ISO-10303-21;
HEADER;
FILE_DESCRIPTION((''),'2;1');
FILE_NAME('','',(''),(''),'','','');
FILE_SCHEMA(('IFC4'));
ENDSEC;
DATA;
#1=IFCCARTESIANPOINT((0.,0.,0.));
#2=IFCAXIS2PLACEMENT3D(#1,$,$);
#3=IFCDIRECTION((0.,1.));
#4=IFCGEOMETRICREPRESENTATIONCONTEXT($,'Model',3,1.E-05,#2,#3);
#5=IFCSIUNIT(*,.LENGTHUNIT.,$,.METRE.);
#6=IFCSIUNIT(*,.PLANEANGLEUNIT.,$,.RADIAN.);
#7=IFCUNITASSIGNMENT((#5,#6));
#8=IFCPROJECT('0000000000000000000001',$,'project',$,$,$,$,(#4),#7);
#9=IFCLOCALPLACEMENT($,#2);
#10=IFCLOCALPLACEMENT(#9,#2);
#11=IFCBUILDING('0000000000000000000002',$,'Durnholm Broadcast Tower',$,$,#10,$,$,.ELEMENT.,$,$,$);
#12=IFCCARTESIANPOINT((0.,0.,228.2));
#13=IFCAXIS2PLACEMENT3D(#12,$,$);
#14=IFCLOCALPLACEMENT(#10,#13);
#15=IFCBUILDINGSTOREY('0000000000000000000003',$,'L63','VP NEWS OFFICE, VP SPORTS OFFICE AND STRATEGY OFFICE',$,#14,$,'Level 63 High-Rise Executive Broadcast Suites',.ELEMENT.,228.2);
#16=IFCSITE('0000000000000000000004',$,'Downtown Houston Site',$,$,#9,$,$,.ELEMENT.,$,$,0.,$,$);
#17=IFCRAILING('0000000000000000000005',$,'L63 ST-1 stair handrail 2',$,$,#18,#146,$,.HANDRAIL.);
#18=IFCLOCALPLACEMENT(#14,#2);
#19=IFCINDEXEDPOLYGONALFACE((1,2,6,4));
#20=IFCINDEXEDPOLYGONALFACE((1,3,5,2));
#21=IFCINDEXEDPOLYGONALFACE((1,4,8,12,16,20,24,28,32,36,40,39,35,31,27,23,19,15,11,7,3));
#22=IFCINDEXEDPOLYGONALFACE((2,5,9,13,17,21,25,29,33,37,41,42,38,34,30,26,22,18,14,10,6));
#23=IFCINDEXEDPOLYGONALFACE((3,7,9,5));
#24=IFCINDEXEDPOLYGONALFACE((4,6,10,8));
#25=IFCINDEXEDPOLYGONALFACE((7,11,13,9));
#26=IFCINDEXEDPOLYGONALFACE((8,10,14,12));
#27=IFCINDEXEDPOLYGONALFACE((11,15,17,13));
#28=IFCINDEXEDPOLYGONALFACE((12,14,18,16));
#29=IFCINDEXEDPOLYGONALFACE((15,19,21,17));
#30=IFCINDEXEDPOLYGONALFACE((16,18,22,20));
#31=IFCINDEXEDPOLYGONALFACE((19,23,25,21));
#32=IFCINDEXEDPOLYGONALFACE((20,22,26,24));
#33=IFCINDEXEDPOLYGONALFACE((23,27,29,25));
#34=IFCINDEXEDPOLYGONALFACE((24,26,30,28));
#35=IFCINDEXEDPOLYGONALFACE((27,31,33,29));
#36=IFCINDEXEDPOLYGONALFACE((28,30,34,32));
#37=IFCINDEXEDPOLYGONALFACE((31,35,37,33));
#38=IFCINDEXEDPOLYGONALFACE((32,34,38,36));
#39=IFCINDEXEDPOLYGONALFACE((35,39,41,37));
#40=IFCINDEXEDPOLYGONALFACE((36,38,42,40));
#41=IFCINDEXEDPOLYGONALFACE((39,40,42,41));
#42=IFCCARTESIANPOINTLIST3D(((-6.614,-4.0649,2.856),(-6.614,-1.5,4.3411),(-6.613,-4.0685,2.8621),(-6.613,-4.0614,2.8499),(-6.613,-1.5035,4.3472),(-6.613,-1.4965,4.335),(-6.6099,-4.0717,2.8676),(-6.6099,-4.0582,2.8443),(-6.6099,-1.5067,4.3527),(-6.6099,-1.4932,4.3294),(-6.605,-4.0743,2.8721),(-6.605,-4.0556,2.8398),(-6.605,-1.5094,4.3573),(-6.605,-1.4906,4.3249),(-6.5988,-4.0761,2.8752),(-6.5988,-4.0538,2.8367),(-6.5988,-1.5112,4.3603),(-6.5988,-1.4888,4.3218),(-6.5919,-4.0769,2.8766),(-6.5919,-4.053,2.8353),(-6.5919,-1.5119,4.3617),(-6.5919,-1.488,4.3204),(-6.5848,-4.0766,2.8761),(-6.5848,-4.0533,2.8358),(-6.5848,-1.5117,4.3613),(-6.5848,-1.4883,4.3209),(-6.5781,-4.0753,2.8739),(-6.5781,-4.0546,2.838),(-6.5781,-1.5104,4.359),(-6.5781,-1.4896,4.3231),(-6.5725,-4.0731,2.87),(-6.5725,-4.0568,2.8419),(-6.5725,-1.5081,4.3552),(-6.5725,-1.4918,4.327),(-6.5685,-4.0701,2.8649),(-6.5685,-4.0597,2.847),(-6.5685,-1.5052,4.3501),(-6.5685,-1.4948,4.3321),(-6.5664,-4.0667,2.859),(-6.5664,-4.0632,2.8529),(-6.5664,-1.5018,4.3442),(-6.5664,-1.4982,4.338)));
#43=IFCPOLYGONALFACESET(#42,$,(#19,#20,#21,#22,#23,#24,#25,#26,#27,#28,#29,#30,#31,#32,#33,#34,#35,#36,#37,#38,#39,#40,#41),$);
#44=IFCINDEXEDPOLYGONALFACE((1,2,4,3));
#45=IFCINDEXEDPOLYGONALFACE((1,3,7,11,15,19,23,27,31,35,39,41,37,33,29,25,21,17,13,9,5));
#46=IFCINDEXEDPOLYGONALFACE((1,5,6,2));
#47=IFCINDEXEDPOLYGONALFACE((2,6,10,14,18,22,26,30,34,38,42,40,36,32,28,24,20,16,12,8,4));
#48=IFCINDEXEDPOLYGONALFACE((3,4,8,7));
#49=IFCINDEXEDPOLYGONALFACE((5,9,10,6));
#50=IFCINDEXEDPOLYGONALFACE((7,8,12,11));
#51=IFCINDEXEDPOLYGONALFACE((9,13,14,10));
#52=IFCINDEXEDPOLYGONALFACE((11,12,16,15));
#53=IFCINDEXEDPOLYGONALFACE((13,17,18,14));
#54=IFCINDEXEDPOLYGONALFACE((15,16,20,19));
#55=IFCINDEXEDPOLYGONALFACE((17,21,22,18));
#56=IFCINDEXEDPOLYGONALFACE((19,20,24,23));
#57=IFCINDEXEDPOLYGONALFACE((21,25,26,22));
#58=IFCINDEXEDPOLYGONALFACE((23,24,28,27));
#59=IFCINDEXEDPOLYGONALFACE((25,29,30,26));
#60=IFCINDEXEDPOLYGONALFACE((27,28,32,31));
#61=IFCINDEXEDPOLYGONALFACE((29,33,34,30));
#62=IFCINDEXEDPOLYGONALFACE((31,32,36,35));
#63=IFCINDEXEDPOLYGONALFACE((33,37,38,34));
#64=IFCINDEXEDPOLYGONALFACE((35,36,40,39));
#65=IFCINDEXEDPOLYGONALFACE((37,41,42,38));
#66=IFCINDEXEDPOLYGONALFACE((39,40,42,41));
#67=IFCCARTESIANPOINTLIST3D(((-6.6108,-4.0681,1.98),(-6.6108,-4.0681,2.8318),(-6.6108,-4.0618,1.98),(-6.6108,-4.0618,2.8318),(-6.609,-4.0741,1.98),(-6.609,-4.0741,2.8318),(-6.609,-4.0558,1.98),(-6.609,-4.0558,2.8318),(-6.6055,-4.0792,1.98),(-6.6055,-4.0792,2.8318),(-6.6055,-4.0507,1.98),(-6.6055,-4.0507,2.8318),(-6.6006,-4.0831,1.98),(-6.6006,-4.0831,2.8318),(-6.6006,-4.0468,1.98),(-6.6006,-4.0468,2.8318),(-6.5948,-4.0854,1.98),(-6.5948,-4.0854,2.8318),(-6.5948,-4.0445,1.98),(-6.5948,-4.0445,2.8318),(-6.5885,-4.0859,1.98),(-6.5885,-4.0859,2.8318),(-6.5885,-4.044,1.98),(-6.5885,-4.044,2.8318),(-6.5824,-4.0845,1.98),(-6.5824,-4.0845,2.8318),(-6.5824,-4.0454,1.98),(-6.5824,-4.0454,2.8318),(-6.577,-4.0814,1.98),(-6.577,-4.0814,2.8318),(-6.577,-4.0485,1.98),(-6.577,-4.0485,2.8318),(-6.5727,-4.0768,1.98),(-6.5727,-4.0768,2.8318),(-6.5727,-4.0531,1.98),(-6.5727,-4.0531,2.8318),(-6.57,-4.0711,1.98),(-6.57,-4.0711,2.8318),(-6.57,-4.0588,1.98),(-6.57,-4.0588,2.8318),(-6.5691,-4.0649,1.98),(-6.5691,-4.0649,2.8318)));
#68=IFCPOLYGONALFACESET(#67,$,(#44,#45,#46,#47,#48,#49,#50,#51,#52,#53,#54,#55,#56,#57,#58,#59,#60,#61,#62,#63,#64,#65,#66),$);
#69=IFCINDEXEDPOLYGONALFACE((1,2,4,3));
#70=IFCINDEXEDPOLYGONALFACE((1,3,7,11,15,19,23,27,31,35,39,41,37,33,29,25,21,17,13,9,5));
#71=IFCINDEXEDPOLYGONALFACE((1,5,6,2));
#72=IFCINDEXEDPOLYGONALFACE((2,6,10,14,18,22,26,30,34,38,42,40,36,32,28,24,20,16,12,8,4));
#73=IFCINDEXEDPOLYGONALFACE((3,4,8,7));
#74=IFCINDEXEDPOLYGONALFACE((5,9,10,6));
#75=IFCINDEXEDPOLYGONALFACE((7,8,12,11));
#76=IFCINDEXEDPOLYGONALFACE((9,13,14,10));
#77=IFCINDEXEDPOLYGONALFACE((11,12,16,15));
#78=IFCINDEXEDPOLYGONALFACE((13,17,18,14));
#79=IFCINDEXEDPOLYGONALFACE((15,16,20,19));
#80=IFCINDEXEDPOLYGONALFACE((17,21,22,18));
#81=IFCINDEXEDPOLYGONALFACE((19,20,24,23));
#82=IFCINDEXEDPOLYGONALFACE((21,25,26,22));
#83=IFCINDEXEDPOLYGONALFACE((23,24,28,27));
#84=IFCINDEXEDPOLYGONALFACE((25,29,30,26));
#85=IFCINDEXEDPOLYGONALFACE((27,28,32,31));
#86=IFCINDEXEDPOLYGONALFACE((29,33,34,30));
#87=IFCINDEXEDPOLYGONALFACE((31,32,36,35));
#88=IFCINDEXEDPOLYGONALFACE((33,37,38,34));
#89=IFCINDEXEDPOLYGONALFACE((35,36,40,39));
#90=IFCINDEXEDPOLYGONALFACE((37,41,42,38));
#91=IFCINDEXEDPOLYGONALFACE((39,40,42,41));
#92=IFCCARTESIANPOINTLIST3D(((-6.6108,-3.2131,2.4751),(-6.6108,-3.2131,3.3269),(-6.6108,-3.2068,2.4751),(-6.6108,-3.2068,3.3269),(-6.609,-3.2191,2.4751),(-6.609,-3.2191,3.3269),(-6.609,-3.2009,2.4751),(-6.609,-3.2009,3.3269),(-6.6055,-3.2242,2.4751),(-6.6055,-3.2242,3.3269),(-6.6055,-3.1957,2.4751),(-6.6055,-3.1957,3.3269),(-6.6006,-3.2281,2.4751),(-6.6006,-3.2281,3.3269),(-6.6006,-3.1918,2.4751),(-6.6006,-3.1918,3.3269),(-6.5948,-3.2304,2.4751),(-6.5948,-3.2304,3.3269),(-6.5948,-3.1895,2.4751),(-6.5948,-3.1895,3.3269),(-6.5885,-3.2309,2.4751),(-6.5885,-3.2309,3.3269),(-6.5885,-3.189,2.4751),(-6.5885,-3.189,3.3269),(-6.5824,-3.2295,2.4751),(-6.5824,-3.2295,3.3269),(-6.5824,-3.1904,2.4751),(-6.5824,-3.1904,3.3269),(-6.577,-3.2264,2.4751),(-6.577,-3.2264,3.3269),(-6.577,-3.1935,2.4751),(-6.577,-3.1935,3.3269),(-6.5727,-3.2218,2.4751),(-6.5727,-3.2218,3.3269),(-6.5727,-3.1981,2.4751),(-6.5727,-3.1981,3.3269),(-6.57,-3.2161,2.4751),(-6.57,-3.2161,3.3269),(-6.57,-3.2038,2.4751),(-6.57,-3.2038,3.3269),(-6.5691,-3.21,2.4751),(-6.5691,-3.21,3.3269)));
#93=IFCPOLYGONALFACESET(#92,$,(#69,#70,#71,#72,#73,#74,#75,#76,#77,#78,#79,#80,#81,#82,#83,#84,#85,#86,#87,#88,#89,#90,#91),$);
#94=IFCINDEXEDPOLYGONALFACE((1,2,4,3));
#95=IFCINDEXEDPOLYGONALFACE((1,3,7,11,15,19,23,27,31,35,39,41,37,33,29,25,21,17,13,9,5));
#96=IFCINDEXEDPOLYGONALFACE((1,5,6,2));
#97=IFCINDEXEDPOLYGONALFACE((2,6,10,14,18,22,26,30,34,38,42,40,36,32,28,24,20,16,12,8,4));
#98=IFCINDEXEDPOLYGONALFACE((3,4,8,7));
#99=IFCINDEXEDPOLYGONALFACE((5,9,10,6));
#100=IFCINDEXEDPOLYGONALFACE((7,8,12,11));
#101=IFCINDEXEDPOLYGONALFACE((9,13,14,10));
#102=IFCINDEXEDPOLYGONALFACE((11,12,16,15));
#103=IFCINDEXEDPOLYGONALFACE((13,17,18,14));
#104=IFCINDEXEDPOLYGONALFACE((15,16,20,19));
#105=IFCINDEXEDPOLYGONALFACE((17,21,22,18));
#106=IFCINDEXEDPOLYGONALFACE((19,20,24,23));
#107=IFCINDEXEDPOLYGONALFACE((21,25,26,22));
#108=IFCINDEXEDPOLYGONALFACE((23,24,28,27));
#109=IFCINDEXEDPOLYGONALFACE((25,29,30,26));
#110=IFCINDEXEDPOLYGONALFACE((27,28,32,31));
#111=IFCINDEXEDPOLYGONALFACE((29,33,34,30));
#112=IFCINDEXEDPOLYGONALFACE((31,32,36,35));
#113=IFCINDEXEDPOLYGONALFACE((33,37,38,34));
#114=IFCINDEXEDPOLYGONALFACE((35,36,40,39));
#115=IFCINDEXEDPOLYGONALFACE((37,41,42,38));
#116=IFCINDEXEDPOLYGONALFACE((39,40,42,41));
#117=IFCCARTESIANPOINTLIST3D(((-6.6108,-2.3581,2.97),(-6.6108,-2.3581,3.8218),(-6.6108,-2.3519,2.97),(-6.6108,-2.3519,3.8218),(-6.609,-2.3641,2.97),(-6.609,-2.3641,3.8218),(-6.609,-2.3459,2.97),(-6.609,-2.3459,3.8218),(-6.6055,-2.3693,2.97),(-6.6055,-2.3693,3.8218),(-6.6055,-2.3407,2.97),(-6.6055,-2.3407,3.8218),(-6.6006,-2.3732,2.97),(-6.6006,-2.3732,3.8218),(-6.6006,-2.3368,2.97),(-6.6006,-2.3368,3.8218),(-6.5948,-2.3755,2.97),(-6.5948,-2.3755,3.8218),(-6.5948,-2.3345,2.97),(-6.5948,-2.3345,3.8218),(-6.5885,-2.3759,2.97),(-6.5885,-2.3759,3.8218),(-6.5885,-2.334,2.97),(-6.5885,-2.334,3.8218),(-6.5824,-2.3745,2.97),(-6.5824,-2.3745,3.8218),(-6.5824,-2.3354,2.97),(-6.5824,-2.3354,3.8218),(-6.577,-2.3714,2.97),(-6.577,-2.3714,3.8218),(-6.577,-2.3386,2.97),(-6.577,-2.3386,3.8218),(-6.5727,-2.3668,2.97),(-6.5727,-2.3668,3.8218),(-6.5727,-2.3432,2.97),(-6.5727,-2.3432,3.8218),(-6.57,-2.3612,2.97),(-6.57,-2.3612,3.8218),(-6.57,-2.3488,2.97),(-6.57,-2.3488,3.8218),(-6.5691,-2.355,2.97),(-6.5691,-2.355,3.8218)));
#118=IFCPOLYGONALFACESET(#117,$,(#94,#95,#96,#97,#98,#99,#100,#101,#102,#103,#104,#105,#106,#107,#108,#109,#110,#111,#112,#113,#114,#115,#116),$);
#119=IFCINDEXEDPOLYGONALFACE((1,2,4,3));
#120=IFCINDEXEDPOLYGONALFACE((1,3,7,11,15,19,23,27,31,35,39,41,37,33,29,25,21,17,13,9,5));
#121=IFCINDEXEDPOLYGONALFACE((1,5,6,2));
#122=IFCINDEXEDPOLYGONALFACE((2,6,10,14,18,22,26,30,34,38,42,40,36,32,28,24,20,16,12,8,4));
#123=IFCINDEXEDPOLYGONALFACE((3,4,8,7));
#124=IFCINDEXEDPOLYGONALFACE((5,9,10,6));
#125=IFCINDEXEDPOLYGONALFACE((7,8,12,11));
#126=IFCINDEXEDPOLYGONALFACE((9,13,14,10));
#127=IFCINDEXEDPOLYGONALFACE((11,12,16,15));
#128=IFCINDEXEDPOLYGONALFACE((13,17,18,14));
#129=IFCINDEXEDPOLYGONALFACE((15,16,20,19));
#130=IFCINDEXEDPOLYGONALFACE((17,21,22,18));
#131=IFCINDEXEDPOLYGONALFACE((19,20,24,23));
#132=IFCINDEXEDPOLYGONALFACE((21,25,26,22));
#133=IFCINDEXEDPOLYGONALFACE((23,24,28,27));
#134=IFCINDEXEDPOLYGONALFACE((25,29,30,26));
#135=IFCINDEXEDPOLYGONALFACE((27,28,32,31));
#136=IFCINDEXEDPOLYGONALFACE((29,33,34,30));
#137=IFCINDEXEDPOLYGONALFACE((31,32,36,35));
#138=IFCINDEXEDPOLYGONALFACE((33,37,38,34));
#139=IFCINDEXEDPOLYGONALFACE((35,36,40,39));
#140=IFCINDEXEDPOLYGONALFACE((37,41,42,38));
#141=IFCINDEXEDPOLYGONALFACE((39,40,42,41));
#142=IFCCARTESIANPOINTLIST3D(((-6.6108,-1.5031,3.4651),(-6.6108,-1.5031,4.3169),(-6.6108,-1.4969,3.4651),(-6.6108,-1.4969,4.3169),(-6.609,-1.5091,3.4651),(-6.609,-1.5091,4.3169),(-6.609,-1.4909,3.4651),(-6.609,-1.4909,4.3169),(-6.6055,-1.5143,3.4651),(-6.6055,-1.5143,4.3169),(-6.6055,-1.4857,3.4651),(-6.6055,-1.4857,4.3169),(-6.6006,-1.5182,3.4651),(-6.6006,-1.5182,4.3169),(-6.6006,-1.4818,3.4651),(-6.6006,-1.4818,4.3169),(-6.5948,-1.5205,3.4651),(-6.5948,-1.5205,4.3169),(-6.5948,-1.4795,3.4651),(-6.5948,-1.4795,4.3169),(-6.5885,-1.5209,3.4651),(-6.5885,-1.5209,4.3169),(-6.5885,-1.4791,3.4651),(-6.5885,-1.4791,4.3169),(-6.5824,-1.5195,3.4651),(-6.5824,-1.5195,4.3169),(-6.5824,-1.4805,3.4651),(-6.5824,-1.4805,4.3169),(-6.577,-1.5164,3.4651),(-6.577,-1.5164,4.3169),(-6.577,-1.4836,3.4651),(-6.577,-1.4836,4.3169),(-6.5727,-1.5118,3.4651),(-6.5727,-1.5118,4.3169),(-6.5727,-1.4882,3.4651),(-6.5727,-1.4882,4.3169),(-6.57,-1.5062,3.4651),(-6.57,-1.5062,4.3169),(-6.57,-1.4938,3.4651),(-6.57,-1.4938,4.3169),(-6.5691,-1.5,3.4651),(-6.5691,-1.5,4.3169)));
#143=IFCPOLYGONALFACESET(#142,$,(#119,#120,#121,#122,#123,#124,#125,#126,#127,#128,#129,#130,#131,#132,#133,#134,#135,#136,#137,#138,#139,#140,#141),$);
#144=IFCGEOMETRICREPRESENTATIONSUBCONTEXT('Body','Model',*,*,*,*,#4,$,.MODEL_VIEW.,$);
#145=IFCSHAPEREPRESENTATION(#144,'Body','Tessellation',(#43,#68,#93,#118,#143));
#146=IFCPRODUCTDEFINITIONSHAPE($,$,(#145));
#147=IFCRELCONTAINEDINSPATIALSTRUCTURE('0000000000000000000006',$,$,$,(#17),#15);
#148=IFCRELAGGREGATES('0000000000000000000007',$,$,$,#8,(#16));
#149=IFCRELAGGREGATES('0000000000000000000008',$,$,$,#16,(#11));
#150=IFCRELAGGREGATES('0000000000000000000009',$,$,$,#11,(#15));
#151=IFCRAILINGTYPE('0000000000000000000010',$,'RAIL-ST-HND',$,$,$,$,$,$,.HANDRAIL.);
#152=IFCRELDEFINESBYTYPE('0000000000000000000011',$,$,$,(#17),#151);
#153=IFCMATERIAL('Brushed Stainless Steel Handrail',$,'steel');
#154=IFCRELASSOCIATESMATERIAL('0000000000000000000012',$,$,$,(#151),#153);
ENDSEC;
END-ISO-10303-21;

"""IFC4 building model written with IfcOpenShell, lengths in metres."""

from ifc_helpers import new_model, si_unit, direction, frame, origin, origin_2d, place, context, subcontext, project, spatial, circle, extrude, material, type_object, element, save


model = new_model("IFC4")

# Units and contexts
model_context = context("Model", 3, precision=1e-05, world=origin(), true_north=direction((0.0, 1.0)))
body_context = subcontext(model_context, "Body", "Model", "MODEL_VIEW")
ifc_project = project(units=[si_unit("LENGTHUNIT", "METRE"), si_unit("PLANEANGLEUNIT", "RADIAN")], contexts=[model_context])

# Site, building, storey
site_placement = place(None, origin())
site = spatial("IfcSite", under=ifc_project, at=site_placement, Name="Downtown Houston Site", CompositionType="ELEMENT", RefElevation=0.0)
building_placement = place(site_placement, origin())
building = spatial("IfcBuilding", under=site, at=building_placement, Name="Durnholm Broadcast Tower", CompositionType="ELEMENT")
storey_placement = place(building_placement, frame((0.0, 0.0, 228.2)))
storey = spatial("IfcBuildingStorey", under=building, at=storey_placement, Name="L63", Description="VP NEWS OFFICE, VP SPORTS OFFICE AND STRATEGY OFFICE", LongName="Level 63 High-Rise Executive Broadcast Suites", CompositionType="ELEMENT", Elevation=228.2)

# Railing
ifc_material_1 = material(Name="Brushed Stainless Steel Handrail", Category="steel")
railing_type_1 = type_object("IfcRailingType", Name="RAIL-ST-HND", PredefinedType="HANDRAIL", material=ifc_material_1)
railing_1_placement = place(storey_placement, frame((-6.5901, -4.0649, 1.98)))
element("IfcRailing", 1, at=railing_1_placement, inside=storey, type_object=railing_type_1, Name="L63 ST-1 stair handrail 2", PredefinedType="HANDRAIL", context=body_context, shape_type="SweptSolid", body=[
    extrude(circle(Radius=0.0239, at=origin_2d()), frame((0.0, 0.0, 0.876), z_axis=(0.0, 0.865406, 0.501072), x_axis=(-1.0, 0.0, 0.0)), (0.0, 0.0, 1.0), 2.9639),
    extrude(circle(Radius=0.021, at=origin_2d()), origin(), (0.0, 0.0, 1.0), 0.8518),
    extrude(circle(Radius=0.021, at=origin_2d()), frame((0.0, 0.855, 0.4951)), (0.0, 0.0, 1.0), 0.8518),
    extrude(circle(Radius=0.021, at=origin_2d()), frame((0.0, 1.71, 0.99)), (0.0, 0.0, 1.0), 0.8518),
    extrude(circle(Radius=0.021, at=origin_2d()), frame((0.0, 2.5649, 1.4851)), (0.0, 0.0, 1.0), 0.8518),
])

save(model, "model.ifc")
